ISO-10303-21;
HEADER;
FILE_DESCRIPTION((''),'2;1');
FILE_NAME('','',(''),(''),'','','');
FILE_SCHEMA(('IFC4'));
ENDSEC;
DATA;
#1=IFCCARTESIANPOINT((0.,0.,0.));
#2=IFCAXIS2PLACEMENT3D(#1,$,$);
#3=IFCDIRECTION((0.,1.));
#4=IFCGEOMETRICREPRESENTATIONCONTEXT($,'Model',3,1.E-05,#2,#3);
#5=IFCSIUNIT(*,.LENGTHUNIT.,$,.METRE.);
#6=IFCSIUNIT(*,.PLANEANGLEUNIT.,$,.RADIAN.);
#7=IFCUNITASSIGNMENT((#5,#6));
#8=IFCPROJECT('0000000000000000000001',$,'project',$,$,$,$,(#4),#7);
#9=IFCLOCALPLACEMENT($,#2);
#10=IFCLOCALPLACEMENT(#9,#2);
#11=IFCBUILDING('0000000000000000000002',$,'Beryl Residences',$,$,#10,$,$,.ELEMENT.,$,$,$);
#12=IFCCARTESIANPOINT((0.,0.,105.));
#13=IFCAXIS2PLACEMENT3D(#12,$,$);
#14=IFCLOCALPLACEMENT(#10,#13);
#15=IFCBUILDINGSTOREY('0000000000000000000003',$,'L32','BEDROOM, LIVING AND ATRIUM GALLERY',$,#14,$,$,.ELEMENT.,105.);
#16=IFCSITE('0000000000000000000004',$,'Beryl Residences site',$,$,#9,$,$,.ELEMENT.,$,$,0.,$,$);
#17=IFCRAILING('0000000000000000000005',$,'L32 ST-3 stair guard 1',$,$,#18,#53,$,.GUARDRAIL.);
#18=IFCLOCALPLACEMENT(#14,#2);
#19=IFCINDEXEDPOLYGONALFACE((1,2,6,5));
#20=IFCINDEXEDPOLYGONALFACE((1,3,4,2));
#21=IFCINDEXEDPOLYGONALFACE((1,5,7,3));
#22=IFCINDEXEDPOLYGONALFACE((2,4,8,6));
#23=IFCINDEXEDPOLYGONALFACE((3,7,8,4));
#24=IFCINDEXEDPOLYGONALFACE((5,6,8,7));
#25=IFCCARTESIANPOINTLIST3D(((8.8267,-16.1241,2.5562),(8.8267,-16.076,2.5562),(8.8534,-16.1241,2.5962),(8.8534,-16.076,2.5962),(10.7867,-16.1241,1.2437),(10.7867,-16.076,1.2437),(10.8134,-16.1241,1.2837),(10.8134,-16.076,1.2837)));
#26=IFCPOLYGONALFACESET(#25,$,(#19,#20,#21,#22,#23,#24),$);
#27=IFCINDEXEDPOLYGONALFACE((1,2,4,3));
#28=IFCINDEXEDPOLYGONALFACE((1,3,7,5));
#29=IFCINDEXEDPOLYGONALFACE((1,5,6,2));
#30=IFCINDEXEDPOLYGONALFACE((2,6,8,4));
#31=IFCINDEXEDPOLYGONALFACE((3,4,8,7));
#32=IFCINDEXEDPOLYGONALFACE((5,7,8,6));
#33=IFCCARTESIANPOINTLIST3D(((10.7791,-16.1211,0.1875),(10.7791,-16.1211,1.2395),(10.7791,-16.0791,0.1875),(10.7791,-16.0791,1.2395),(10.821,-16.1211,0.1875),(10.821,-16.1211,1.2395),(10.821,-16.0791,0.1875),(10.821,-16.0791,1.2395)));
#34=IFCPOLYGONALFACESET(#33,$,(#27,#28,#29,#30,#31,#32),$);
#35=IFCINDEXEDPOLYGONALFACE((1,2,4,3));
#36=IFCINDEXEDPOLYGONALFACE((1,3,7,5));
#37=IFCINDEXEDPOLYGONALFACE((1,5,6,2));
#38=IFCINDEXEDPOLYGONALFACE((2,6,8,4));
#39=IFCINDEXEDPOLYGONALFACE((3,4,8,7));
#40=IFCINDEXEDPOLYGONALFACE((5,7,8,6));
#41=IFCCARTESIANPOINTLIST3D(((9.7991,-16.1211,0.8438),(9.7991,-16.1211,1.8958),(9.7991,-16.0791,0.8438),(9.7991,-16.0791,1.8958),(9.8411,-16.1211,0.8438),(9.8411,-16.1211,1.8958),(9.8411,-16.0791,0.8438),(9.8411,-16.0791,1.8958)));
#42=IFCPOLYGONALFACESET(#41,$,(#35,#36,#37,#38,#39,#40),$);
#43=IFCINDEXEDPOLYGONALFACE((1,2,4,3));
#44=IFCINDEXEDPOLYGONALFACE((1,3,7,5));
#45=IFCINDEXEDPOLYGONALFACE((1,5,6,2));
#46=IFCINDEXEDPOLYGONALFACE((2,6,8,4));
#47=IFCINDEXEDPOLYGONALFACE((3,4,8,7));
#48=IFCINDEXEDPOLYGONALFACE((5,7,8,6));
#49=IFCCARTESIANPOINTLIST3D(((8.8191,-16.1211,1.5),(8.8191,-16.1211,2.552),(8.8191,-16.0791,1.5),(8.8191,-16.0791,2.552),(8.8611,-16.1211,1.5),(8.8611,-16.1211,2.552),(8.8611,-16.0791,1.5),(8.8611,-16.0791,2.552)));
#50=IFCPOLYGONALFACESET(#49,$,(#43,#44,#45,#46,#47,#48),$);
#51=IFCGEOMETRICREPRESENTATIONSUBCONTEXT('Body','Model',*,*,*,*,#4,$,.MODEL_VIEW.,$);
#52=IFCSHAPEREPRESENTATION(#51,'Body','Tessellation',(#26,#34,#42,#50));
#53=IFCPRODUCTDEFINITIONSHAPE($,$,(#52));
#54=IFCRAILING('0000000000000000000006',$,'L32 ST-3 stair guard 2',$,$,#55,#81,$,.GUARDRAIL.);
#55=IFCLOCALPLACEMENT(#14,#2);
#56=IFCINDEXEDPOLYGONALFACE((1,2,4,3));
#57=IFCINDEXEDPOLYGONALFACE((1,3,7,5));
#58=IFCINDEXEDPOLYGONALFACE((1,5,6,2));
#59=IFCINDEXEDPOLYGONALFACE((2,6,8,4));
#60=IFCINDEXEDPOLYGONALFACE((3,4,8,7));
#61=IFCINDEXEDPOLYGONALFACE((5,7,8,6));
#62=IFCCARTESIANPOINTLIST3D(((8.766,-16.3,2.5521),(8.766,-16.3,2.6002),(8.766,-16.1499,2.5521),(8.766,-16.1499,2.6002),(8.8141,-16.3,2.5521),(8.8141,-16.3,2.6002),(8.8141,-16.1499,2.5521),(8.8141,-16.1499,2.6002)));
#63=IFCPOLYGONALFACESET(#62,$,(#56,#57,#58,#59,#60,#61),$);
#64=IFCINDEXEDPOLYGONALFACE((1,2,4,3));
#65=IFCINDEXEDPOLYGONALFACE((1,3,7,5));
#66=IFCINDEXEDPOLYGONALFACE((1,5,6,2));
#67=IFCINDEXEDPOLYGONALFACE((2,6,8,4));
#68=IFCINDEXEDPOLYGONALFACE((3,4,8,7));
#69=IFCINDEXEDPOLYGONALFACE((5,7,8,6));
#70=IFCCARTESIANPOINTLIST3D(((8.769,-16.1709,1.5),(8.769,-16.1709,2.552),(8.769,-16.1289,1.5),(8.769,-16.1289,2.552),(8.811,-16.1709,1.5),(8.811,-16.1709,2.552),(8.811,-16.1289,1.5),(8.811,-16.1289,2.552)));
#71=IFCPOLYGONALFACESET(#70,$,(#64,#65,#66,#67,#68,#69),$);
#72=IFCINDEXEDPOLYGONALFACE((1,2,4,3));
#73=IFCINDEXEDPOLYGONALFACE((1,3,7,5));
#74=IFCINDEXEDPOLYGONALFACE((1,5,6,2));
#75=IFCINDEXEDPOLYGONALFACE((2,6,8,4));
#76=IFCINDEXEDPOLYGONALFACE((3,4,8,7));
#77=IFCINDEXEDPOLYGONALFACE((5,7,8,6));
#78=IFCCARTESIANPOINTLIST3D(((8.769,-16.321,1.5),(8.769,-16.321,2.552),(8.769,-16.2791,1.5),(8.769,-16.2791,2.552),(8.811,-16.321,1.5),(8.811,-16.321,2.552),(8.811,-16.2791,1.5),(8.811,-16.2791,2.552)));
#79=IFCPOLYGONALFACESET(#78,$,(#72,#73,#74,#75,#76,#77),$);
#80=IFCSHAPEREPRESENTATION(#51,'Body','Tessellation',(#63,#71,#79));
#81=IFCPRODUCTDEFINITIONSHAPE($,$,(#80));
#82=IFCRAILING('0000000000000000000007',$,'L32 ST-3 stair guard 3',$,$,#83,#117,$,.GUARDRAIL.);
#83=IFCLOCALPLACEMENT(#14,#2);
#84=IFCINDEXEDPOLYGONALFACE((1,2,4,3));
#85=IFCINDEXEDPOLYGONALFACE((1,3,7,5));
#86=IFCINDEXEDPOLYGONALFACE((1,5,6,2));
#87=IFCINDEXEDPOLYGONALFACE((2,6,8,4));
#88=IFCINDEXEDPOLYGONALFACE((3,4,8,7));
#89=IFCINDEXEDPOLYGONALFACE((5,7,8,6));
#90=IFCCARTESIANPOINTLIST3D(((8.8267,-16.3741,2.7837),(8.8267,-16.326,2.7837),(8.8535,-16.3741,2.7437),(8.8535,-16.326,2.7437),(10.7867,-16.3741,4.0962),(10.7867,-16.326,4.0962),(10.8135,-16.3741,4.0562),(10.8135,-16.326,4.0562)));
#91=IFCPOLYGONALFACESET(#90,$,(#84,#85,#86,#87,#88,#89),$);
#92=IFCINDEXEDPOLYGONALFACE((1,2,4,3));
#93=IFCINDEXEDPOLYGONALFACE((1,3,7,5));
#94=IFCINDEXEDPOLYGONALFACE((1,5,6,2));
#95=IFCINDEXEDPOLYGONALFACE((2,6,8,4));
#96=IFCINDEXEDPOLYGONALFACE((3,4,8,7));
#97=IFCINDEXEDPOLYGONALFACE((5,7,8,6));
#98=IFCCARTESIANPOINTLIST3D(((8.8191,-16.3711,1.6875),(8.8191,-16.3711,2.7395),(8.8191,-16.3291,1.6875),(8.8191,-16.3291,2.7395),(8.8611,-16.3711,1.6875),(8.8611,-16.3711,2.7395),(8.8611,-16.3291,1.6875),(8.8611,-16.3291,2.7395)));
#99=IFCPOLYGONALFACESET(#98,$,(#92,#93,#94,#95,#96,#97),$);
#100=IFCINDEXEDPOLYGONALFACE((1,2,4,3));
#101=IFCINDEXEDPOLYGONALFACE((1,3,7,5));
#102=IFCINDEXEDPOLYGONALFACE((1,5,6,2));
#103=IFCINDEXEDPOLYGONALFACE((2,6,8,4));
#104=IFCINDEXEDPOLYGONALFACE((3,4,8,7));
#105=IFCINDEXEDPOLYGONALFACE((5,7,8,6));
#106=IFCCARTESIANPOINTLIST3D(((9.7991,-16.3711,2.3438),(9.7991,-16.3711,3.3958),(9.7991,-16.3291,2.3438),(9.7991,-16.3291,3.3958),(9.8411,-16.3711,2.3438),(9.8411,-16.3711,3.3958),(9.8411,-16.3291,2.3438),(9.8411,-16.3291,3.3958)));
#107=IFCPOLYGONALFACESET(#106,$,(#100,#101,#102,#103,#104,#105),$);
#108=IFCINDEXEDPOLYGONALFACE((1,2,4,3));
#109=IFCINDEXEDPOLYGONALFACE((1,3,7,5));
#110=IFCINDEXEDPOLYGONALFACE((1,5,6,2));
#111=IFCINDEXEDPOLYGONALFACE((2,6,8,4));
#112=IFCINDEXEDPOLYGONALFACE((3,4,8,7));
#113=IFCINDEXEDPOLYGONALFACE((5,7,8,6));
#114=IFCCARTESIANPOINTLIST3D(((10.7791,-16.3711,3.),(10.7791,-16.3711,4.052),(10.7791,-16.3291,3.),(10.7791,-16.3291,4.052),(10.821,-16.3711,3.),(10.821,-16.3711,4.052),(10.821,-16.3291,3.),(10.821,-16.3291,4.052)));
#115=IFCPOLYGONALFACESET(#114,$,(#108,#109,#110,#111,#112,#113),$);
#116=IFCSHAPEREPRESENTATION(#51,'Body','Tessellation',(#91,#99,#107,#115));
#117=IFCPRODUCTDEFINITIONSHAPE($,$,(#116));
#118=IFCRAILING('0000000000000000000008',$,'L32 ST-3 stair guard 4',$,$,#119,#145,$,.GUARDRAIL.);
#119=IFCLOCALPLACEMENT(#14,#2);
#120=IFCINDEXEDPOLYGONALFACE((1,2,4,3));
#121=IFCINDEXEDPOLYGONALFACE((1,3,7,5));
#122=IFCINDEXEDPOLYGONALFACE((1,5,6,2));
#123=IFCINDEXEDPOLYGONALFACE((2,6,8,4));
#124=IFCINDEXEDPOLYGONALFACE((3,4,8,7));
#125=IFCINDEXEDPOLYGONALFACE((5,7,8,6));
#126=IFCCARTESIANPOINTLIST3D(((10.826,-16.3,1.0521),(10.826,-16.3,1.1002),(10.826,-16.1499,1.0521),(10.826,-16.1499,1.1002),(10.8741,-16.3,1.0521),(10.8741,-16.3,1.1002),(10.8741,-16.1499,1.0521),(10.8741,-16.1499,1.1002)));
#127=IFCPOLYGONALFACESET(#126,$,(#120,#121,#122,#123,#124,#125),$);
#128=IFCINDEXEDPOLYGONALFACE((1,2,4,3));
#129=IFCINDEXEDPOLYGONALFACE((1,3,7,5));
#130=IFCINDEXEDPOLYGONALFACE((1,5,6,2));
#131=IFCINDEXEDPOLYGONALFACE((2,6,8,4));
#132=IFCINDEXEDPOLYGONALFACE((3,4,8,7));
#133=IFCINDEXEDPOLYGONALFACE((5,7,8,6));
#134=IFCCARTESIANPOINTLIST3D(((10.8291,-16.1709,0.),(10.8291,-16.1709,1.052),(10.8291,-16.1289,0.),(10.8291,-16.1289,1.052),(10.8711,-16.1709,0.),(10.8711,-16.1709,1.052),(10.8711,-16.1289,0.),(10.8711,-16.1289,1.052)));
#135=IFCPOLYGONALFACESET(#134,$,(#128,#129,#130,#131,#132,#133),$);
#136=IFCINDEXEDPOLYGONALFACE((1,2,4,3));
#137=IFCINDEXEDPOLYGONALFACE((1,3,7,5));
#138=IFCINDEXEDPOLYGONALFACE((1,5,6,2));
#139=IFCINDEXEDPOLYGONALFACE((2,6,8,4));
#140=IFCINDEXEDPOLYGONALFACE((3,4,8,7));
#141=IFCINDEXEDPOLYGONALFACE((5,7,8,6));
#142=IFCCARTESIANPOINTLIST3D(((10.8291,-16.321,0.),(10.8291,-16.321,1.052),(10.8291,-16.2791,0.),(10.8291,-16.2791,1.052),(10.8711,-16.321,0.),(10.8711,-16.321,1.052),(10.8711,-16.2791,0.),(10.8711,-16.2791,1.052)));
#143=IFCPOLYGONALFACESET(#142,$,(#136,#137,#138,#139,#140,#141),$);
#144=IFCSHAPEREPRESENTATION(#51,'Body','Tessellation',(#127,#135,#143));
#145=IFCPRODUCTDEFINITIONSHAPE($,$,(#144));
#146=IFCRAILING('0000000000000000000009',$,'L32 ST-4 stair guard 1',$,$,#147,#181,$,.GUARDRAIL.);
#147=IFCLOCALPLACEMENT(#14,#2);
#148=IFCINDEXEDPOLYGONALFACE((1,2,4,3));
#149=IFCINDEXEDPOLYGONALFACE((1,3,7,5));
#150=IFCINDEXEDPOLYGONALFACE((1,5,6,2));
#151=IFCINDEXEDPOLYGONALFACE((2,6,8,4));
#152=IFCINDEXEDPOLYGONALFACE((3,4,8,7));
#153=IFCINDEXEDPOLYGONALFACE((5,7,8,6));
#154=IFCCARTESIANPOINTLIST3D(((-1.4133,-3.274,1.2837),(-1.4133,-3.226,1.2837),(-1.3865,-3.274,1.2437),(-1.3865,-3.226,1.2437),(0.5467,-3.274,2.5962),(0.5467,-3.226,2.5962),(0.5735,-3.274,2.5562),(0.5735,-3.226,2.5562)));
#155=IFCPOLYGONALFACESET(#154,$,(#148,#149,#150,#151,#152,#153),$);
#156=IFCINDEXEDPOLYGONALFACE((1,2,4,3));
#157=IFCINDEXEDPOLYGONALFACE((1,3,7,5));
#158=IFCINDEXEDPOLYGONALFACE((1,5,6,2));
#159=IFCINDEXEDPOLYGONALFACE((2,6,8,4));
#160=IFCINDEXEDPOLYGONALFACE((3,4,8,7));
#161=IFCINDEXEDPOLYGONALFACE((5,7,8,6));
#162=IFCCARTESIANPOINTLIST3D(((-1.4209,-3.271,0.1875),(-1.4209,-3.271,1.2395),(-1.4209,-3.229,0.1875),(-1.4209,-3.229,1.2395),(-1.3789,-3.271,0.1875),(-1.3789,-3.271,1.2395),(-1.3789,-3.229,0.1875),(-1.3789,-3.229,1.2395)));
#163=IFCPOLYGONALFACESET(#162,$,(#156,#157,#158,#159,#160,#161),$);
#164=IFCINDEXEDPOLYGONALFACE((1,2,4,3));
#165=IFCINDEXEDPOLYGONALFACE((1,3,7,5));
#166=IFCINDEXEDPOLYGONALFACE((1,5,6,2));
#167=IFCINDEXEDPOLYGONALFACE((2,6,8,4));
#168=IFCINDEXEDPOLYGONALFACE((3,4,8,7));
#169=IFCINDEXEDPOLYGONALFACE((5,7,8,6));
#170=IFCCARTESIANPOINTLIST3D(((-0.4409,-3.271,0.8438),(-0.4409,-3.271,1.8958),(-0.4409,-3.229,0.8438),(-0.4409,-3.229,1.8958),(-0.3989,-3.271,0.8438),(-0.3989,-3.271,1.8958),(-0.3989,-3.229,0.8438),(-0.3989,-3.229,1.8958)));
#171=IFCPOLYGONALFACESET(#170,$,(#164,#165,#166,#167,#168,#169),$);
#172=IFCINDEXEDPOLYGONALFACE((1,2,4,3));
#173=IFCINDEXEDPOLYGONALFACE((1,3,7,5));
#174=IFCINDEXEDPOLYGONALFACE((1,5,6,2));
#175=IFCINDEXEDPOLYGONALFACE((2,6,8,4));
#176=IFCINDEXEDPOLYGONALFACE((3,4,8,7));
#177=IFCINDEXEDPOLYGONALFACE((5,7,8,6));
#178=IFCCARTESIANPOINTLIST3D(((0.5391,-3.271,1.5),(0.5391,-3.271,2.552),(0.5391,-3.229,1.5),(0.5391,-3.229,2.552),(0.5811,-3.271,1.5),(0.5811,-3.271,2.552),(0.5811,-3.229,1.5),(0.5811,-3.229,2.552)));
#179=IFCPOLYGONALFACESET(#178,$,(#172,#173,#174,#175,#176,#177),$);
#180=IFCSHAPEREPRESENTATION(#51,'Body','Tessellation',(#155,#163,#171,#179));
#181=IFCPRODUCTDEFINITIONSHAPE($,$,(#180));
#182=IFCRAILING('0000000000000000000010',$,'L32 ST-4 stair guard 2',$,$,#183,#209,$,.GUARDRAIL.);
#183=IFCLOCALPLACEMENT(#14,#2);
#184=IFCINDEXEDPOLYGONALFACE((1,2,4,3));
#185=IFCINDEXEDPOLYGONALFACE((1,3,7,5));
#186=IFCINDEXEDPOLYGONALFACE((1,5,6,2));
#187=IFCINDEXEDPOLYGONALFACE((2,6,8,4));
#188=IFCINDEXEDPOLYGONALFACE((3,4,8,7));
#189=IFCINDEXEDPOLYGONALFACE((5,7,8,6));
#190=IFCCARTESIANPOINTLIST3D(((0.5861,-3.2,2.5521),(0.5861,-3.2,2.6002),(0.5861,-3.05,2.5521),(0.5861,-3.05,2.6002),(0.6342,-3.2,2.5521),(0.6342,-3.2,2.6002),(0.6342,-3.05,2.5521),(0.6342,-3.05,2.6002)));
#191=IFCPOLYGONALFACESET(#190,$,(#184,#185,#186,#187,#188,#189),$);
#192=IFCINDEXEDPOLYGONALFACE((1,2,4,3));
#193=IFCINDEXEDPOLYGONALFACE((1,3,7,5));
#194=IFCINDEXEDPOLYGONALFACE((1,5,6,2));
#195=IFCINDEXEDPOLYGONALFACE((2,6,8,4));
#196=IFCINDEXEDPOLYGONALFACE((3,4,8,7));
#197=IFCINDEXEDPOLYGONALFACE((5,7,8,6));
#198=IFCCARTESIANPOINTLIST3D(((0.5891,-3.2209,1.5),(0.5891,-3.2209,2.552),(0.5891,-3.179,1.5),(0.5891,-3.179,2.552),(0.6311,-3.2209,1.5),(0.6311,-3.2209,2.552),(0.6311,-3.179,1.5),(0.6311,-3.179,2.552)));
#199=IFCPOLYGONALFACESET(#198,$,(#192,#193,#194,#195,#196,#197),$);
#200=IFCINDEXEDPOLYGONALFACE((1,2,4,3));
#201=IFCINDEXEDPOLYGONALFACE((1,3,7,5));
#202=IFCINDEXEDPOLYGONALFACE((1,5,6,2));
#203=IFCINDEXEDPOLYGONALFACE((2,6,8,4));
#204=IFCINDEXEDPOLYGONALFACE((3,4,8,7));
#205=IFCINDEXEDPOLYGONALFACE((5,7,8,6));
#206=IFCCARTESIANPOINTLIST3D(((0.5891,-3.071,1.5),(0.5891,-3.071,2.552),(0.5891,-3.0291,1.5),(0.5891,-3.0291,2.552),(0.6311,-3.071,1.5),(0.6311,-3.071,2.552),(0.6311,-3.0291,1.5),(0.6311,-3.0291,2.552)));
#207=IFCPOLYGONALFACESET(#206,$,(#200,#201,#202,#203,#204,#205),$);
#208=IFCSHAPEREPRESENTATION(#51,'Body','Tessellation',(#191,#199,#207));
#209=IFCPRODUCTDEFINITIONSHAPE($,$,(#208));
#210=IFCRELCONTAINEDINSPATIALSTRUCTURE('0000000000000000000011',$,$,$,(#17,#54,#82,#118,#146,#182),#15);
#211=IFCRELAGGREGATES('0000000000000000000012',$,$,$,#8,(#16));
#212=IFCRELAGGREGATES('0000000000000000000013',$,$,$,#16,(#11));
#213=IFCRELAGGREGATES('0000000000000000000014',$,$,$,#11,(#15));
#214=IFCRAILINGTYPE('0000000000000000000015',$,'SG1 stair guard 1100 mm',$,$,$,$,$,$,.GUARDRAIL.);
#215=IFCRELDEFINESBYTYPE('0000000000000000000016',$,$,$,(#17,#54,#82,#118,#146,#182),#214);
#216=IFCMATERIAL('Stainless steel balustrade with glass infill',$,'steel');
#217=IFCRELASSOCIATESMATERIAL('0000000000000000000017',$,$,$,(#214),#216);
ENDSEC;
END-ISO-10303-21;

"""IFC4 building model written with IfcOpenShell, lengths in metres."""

from ifc_helpers import new_model, si_unit, direction, frame, origin, origin_2d, place, context, subcontext, project, spatial, rectangle, extrude, material, type_object, element, save


model = new_model("IFC4")

# Units and contexts
model_context = context("Model", 3, precision=1e-05, world=origin(), true_north=direction((0.0, 1.0)))
body_context = subcontext(model_context, "Body", "Model", "MODEL_VIEW")
ifc_project = project(units=[si_unit("LENGTHUNIT", "METRE"), si_unit("PLANEANGLEUNIT", "RADIAN")], contexts=[model_context])

# Site, building, storey
site_placement = place(None, origin())
site = spatial("IfcSite", under=ifc_project, at=site_placement, Name="Beryl Residences site", CompositionType="ELEMENT", RefElevation=0.0)
building_placement = place(site_placement, origin())
building = spatial("IfcBuilding", under=site, at=building_placement, Name="Beryl Residences", CompositionType="ELEMENT")
storey_placement = place(building_placement, frame((0.0, 0.0, 105.0)))
storey = spatial("IfcBuildingStorey", under=building, at=storey_placement, Name="L32", Description="BEDROOM, LIVING AND ATRIUM GALLERY", CompositionType="ELEMENT", Elevation=105.0)

# Railings
ifc_material_1 = material(Name="Stainless steel balustrade with glass infill", Category="steel")
railing_type_1 = type_object("IfcRailingType", Name="SG1 stair guard 1100 mm", PredefinedType="GUARDRAIL", material=ifc_material_1)
railing_1_placement = place(storey_placement, frame((10.8, -16.1001, 0.1875)))
element("IfcRailing", 1, at=railing_1_placement, inside=storey, type_object=railing_type_1, Name="L32 ST-3 stair guard 1", PredefinedType="GUARDRAIL", context=body_context, shape_type="SweptSolid", body=[
    extrude(rectangle(XDim=0.0481, YDim=0.0481, at=origin_2d()), frame((0.0, 0.0, 1.0762), z_axis=(-0.830902, 0.0, 0.556419), x_axis=(0.0, -1.0, 0.0)), (0.0, 0.0, 1.0), 2.3589),
    extrude(rectangle(XDim=0.042, YDim=0.042, at=origin_2d()), origin(), (0.0, 0.0, 1.0), 1.052),
    extrude(rectangle(XDim=0.042, YDim=0.042, at=origin_2d()), frame((-0.98, 0.0, 0.6562)), (0.0, 0.0, 1.0), 1.052),
    extrude(rectangle(XDim=0.042, YDim=0.042, at=origin_2d()), frame((-1.96, 0.0, 1.3125)), (0.0, 0.0, 1.0), 1.052),
])
railing_2_placement = place(storey_placement, frame((8.79, -16.1499, 1.5)))
element("IfcRailing", 2, at=railing_2_placement, inside=storey, type_object=railing_type_1, Name="L32 ST-3 stair guard 2", PredefinedType="GUARDRAIL", context=body_context, shape_type="SweptSolid", body=[
    extrude(rectangle(XDim=0.0481, YDim=0.0481, at=origin_2d()), frame((0.0, 0.0, 1.0762), z_axis=(0.0, -1.0, 0.0), x_axis=(1.0, 0.0, 0.0)), (0.0, 0.0, 1.0), 0.1501),
    extrude(rectangle(XDim=0.042, YDim=0.042, at=origin_2d()), origin(), (0.0, 0.0, 1.0), 1.052),
    extrude(rectangle(XDim=0.042, YDim=0.042, at=origin_2d()), frame((0.0, -0.1501, 0.0)), (0.0, 0.0, 1.0), 1.052),
])
railing_3_placement = place(storey_placement, frame((8.8401, -16.3501, 1.6875)))
element("IfcRailing", 3, at=railing_3_placement, inside=storey, type_object=railing_type_1, Name="L32 ST-3 stair guard 3", PredefinedType="GUARDRAIL", context=body_context, shape_type="SweptSolid", body=[
    extrude(rectangle(XDim=0.0481, YDim=0.0481, at=origin_2d()), frame((0.0, 0.0, 1.0762), z_axis=(0.830902, 0.0, 0.556419), x_axis=(0.0, 1.0, 0.0)), (0.0, 0.0, 1.0), 2.3589),
    extrude(rectangle(XDim=0.042, YDim=0.042, at=origin_2d()), origin(), (0.0, 0.0, 1.0), 1.052),
    extrude(rectangle(XDim=0.042, YDim=0.042, at=origin_2d()), frame((0.98, 0.0, 0.6562)), (0.0, 0.0, 1.0), 1.052),
    extrude(rectangle(XDim=0.042, YDim=0.042, at=origin_2d()), frame((1.96, 0.0, 1.3125)), (0.0, 0.0, 1.0), 1.052),
])
railing_4_placement = place(storey_placement, frame((10.8501, -16.1499, 0.0)))
element("IfcRailing", 4, at=railing_4_placement, inside=storey, type_object=railing_type_1, Name="L32 ST-3 stair guard 4", PredefinedType="GUARDRAIL", context=body_context, shape_type="SweptSolid", body=[
    extrude(rectangle(XDim=0.0481, YDim=0.0481, at=origin_2d()), frame((0.0, 0.0, 1.0762), z_axis=(0.0, -1.0, 0.0), x_axis=(1.0, 0.0, 0.0)), (0.0, 0.0, 1.0), 0.1501),
    extrude(rectangle(XDim=0.042, YDim=0.042, at=origin_2d()), origin(), (0.0, 0.0, 1.0), 1.052),
    extrude(rectangle(XDim=0.042, YDim=0.042, at=origin_2d()), frame((0.0, -0.1501, 0.0)), (0.0, 0.0, 1.0), 1.052),
])
railing_5_placement = place(storey_placement, frame((-1.3999, -3.25, 0.1875)))
element("IfcRailing", 5, at=railing_5_placement, inside=storey, type_object=railing_type_1, Name="L32 ST-4 stair guard 1", PredefinedType="GUARDRAIL", context=body_context, shape_type="SweptSolid", body=[
    extrude(rectangle(XDim=0.0481, YDim=0.0481, at=origin_2d()), frame((0.0, 0.0, 1.0762), z_axis=(0.830902, 0.0, 0.556419), x_axis=(0.0, 1.0, 0.0)), (0.0, 0.0, 1.0), 2.3589),
    extrude(rectangle(XDim=0.042, YDim=0.042, at=origin_2d()), origin(), (0.0, 0.0, 1.0), 1.052),
    extrude(rectangle(XDim=0.042, YDim=0.042, at=origin_2d()), frame((0.98, 0.0, 0.6562)), (0.0, 0.0, 1.0), 1.052),
    extrude(rectangle(XDim=0.042, YDim=0.042, at=origin_2d()), frame((1.96, 0.0, 1.3125)), (0.0, 0.0, 1.0), 1.052),
])
railing_6_placement = place(storey_placement, frame((0.6101, -3.2, 1.5)))
element("IfcRailing", 6, at=railing_6_placement, inside=storey, type_object=railing_type_1, Name="L32 ST-4 stair guard 2", PredefinedType="GUARDRAIL", context=body_context, shape_type="SweptSolid", body=[
    extrude(rectangle(XDim=0.0481, YDim=0.0481, at=origin_2d()), frame((0.0, 0.0, 1.0762), z_axis=(0.0, 1.0, 0.0), x_axis=(-1.0, 0.0, 0.0)), (0.0, 0.0, 1.0), 0.1499),
    extrude(rectangle(XDim=0.042, YDim=0.042, at=origin_2d()), origin(), (0.0, 0.0, 1.0), 1.052),
    extrude(rectangle(XDim=0.042, YDim=0.042, at=origin_2d()), frame((0.0, 0.1499, 0.0)), (0.0, 0.0, 1.0), 1.052),
])

save(model, "model.ifc")
